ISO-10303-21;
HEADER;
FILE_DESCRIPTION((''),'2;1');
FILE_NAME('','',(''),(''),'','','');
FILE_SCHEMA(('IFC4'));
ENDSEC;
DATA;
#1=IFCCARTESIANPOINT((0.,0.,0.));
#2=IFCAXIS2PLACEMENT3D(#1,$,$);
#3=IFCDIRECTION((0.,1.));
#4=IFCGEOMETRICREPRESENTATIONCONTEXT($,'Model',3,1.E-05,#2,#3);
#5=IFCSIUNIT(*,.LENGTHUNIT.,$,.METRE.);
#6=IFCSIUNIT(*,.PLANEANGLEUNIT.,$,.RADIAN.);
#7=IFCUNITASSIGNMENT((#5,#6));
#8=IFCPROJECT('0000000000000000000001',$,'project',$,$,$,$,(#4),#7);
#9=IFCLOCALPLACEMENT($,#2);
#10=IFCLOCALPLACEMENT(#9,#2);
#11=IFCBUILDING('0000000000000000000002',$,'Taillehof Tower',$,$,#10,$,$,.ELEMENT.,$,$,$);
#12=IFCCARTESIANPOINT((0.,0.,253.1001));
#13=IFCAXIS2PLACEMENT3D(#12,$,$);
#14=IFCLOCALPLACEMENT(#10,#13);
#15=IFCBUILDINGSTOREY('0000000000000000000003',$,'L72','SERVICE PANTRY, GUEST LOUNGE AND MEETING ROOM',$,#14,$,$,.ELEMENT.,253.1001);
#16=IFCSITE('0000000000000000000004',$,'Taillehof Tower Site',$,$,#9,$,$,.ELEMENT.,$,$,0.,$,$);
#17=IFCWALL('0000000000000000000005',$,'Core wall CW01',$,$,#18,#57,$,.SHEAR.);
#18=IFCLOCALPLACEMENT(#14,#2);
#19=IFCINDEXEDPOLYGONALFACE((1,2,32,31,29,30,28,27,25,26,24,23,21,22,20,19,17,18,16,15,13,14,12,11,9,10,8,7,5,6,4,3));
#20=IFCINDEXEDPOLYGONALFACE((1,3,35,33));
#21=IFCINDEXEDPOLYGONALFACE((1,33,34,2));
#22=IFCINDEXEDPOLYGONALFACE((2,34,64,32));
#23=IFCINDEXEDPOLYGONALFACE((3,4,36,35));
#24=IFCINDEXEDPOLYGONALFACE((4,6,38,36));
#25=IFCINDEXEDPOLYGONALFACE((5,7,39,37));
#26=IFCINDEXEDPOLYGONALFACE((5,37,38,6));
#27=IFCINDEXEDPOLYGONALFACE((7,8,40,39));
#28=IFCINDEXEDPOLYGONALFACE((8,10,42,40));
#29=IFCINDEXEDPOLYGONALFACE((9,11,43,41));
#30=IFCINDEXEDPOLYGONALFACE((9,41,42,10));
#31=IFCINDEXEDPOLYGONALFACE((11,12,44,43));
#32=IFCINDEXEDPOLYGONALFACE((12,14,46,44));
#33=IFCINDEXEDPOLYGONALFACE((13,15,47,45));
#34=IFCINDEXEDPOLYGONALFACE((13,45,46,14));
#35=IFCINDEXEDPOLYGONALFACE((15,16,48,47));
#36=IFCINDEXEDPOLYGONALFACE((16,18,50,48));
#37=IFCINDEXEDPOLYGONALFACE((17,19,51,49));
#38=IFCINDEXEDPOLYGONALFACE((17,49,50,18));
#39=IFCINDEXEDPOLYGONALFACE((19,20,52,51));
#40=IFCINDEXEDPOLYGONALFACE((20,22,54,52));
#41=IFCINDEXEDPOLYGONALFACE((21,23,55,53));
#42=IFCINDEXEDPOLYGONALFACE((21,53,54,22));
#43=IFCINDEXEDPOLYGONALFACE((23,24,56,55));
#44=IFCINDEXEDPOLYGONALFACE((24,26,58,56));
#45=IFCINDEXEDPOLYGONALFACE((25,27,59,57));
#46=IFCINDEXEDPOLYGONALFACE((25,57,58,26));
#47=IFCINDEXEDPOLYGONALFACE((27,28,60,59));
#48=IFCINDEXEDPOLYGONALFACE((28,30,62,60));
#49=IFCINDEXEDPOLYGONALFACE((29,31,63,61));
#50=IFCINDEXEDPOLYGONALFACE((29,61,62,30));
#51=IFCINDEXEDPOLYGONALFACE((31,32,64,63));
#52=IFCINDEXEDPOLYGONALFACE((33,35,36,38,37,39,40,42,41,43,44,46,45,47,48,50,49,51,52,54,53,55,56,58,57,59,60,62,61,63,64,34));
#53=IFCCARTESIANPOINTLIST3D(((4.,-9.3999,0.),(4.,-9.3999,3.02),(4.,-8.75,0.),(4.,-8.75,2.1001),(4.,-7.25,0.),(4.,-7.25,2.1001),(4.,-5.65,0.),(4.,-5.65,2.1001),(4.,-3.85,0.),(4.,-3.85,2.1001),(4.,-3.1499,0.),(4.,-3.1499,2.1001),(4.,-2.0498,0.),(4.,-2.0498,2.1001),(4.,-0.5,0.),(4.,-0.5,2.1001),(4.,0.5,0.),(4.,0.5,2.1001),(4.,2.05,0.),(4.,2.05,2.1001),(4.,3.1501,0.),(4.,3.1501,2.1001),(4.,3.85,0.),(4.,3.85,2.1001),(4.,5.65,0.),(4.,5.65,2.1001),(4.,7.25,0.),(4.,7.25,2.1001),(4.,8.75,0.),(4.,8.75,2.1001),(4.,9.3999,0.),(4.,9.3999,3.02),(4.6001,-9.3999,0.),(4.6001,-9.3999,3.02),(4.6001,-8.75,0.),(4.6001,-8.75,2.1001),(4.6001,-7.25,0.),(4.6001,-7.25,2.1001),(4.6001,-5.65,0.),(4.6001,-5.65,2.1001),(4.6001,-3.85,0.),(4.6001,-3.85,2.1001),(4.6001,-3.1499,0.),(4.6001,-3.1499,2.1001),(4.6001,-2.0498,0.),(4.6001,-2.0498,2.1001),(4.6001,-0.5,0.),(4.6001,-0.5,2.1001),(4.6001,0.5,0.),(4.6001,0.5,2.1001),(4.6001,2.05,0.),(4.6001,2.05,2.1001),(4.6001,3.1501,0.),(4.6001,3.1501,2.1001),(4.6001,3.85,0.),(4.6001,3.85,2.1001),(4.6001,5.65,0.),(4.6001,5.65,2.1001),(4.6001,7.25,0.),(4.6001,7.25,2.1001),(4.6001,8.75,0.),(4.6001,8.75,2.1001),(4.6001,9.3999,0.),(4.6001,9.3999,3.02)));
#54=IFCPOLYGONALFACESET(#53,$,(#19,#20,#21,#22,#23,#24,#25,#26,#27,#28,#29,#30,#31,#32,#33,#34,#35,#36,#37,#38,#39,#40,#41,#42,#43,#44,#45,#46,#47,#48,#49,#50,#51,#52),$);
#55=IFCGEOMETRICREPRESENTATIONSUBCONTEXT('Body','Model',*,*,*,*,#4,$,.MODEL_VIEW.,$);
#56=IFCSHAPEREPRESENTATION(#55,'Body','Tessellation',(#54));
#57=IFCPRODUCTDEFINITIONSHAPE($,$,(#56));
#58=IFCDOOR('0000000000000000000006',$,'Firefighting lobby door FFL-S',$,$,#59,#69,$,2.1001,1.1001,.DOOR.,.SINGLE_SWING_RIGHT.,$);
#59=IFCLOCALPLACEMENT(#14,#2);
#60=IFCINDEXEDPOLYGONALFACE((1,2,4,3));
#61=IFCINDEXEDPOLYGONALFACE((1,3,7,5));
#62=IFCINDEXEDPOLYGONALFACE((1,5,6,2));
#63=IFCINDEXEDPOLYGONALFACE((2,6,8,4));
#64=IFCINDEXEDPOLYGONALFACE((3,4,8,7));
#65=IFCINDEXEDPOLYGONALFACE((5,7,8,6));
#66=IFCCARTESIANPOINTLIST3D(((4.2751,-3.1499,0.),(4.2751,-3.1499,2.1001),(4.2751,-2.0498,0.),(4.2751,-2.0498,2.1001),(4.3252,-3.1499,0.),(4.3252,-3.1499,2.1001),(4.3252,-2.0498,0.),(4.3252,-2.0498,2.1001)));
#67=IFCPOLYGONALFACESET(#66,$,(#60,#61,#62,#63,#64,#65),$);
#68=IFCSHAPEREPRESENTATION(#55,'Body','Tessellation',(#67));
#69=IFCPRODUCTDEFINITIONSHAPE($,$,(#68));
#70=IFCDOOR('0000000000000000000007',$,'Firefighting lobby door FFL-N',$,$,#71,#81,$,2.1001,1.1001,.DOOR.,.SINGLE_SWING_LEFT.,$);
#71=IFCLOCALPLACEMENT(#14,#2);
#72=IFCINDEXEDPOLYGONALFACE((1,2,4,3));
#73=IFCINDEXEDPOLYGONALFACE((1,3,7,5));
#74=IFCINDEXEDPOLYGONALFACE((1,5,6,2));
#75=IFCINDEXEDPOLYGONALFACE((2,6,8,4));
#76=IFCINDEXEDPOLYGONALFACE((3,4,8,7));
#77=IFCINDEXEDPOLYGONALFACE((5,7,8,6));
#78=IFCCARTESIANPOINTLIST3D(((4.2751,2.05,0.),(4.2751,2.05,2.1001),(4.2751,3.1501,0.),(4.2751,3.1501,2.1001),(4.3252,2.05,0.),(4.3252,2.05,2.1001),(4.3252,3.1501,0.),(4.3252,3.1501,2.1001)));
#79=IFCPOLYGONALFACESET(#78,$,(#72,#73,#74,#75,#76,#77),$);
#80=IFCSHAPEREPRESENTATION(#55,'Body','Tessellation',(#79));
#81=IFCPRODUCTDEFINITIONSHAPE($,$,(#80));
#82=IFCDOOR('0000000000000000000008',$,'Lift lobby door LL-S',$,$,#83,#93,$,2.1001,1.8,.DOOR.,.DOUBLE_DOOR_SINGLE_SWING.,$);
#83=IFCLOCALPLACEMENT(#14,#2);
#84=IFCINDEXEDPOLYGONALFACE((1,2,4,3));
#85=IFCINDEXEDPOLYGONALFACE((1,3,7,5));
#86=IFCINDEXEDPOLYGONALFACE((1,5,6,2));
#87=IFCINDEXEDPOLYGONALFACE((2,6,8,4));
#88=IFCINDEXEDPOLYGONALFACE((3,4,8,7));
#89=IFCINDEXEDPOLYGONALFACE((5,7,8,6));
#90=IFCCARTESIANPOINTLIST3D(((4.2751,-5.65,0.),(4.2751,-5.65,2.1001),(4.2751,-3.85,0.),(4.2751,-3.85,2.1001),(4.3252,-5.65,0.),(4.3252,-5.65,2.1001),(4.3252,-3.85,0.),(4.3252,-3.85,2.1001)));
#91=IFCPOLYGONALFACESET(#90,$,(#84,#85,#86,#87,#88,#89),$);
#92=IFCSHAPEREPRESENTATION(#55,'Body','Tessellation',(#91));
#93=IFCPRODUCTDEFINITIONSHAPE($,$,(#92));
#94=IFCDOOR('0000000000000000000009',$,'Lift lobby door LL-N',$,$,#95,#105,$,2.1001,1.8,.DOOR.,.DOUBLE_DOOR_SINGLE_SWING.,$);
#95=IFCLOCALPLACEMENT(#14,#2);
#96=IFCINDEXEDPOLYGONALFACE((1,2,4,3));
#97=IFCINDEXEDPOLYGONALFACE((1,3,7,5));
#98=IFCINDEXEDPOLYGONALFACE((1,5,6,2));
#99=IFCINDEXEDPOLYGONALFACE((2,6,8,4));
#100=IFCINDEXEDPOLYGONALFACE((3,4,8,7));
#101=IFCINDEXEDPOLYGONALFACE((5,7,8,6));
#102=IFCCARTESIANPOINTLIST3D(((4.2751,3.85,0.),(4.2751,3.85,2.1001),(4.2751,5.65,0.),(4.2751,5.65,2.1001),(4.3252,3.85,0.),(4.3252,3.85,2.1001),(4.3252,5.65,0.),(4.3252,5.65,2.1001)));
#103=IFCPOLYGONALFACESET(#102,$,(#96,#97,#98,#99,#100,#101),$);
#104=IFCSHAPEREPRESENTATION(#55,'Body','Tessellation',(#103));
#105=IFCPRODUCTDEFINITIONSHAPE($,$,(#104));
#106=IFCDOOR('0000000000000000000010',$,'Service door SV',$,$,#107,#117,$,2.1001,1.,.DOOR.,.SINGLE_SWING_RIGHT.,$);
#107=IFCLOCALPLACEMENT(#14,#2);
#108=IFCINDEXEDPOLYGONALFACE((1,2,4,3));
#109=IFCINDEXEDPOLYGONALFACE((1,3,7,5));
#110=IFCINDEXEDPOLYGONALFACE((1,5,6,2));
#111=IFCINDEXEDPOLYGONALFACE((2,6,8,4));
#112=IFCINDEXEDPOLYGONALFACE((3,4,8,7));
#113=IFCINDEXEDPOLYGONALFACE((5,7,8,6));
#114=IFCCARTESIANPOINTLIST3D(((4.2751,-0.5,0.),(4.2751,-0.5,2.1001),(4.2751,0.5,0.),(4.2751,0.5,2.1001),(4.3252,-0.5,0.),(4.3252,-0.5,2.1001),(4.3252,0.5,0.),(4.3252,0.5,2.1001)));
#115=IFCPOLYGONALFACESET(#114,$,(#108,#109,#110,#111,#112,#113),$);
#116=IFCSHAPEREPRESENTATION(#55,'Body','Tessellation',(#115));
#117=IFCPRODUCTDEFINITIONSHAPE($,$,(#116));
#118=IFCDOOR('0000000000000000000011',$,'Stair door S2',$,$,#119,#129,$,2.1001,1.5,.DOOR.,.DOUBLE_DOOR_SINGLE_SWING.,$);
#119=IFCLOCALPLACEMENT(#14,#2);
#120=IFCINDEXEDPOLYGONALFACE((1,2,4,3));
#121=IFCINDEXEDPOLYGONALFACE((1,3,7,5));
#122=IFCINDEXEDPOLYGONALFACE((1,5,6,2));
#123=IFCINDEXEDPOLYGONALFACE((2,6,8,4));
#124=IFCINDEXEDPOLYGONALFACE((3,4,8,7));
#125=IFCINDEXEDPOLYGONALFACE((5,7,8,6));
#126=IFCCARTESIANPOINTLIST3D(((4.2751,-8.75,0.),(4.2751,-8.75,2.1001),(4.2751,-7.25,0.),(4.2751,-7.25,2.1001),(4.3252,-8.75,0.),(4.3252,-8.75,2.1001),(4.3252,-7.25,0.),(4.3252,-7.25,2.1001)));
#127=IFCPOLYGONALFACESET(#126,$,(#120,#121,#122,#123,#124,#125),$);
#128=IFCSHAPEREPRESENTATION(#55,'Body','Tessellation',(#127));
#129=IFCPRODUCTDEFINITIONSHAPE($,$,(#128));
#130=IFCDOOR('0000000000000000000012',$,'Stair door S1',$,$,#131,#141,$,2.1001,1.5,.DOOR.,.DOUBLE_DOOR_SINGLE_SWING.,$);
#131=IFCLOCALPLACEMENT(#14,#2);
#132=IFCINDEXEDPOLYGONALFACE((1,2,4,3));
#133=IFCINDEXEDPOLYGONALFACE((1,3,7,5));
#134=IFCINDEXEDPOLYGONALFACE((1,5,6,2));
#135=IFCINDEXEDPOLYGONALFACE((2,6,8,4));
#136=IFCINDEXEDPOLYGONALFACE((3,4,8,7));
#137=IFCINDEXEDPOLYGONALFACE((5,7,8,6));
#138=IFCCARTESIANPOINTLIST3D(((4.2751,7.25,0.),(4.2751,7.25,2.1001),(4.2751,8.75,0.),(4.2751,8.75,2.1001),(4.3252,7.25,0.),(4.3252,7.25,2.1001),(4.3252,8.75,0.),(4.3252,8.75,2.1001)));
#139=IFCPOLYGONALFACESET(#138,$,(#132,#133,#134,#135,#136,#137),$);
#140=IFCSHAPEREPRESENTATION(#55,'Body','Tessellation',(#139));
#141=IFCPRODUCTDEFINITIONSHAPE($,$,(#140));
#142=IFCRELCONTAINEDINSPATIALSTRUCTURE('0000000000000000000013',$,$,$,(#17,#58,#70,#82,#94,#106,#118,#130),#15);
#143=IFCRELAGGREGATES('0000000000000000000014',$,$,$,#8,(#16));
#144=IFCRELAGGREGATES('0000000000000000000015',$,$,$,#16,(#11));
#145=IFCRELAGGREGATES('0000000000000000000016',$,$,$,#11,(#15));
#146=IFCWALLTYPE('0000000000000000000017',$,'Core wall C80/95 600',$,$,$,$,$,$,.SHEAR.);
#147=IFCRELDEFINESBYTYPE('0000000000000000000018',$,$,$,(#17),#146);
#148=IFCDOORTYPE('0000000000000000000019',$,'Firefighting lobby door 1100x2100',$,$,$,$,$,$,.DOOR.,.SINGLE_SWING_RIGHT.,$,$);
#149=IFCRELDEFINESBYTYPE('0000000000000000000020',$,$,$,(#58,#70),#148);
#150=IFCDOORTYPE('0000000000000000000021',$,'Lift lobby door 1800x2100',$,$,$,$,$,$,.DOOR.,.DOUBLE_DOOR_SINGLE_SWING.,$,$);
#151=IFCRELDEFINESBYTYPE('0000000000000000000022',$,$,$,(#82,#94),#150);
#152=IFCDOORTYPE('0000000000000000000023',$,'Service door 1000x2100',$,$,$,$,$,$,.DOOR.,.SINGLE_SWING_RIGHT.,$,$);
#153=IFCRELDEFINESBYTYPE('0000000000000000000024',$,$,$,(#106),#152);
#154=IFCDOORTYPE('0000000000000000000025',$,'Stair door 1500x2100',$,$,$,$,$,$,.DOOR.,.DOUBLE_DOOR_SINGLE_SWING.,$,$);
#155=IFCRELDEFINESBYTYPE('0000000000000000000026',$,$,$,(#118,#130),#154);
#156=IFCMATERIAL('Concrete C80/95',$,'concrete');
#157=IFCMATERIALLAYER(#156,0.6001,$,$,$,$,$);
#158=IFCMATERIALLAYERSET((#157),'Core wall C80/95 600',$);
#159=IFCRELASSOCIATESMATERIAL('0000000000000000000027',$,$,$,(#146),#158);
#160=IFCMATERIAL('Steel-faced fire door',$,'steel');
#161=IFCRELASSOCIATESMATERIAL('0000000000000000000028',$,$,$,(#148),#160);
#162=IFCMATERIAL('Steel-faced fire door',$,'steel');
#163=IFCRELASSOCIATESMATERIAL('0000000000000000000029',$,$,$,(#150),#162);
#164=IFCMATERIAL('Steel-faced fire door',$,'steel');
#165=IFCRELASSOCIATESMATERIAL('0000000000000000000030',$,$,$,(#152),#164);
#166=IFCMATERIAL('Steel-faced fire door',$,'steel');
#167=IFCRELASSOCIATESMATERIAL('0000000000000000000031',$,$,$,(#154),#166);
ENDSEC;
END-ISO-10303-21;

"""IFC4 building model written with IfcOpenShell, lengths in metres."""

from ifc_helpers import new_model, si_unit, direction, frame, frame_2d, origin, place, context, subcontext, project, spatial, rectangle, extrude, material, layer, layer_set, type_object, element, fill, save


model = new_model("IFC4")

# Units and contexts
model_context = context("Model", 3, precision=1e-05, world=origin(), true_north=direction((0.0, 1.0)))
body_context = subcontext(model_context, "Body", "Model", "MODEL_VIEW")
ifc_project = project(units=[si_unit("LENGTHUNIT", "METRE"), si_unit("PLANEANGLEUNIT", "RADIAN")], contexts=[model_context])

# Site, building, storey
site_placement = place(None, origin())
site = spatial("IfcSite", under=ifc_project, at=site_placement, Name="Taillehof Tower Site", CompositionType="ELEMENT", RefElevation=0.0)
building_placement = place(site_placement, origin())
building = spatial("IfcBuilding", under=site, at=building_placement, Name="Taillehof Tower", CompositionType="ELEMENT")
storey_placement = place(building_placement, frame((0.0, 0.0, 253.1001)))
storey = spatial("IfcBuildingStorey", under=building, at=storey_placement, Name="L72", Description="SERVICE PANTRY, GUEST LOUNGE AND MEETING ROOM", CompositionType="ELEMENT", Elevation=253.1001)

# Wall, openings, doors
ifc_material_1 = material(Name="Concrete C80/95", Category="concrete")
ifc_layer_1 = layer(ifc_material_1, 0.6001)
ifc_layer_set_1 = layer_set([ifc_layer_1], Name="Core wall C80/95 600")
wall_type_1 = type_object("IfcWallType", Name="Core wall C80/95 600", PredefinedType="SHEAR", material=ifc_layer_set_1)
wall_1_placement = place(storey_placement, frame((4.3, -9.3999, 0.0), z_axis=(0.0, 0.0, 1.0), x_axis=(0.0, 1.0, 0.0)))
wall_1 = element("IfcWall", 1, at=wall_1_placement, inside=storey, type_object=wall_type_1, Name="Core wall CW01", PredefinedType="SHEAR", context=body_context, shape_type="SweptSolid", body=[
    extrude(rectangle(XDim=18.7998, YDim=0.6001, at=frame_2d((9.3999, 0.0))), origin(), (0.0, 0.0, 1.0), 3.02),
])
opening_1_placement = place(wall_1_placement, frame((0.6499, 0.0, 0.0)))
opening_1 = element("IfcOpeningElement", 2, at=opening_1_placement, cuts=wall_1, PredefinedType="OPENING", context=body_context, shape_type="SweptSolid", body=[
    extrude(rectangle(XDim=1.5, YDim=2.1001, at=frame_2d((0.75, 1.05))), frame((0.0, 0.3101, 0.0), z_axis=(0.0, -1.0, 0.0), x_axis=(1.0, 0.0, 0.0)), (0.0, 0.0, 1.0), 0.6201),
])
opening_2_placement = place(wall_1_placement, frame((3.75, 0.0, 0.0)))
opening_2 = element("IfcOpeningElement", 3, at=opening_2_placement, cuts=wall_1, PredefinedType="OPENING", context=body_context, shape_type="SweptSolid", body=[
    extrude(rectangle(XDim=1.8, YDim=2.1001, at=frame_2d((0.8999, 1.05))), frame((0.0, 0.3101, 0.0), z_axis=(0.0, -1.0, 0.0), x_axis=(1.0, 0.0, 0.0)), (0.0, 0.0, 1.0), 0.6201),
])
opening_3_placement = place(wall_1_placement, frame((6.25, 0.0, 0.0)))
opening_3 = element("IfcOpeningElement", 4, at=opening_3_placement, cuts=wall_1, PredefinedType="OPENING", context=body_context, shape_type="SweptSolid", body=[
    extrude(rectangle(XDim=1.1001, YDim=2.1001, at=frame_2d((0.55, 1.05))), frame((0.0, 0.3101, 0.0), z_axis=(0.0, -1.0, 0.0), x_axis=(1.0, 0.0, 0.0)), (0.0, 0.0, 1.0), 0.6201),
])
opening_4_placement = place(wall_1_placement, frame((8.8999, 0.0, 0.0)))
opening_4 = element("IfcOpeningElement", 5, at=opening_4_placement, cuts=wall_1, PredefinedType="OPENING", context=body_context, shape_type="SweptSolid", body=[
    extrude(rectangle(XDim=1.0, YDim=2.1001, at=frame_2d((0.5, 1.05))), frame((0.0, 0.3101, 0.0), z_axis=(0.0, -1.0, 0.0), x_axis=(1.0, 0.0, 0.0)), (0.0, 0.0, 1.0), 0.6201),
])
opening_5_placement = place(wall_1_placement, frame((11.45, 0.0, 0.0)))
opening_5 = element("IfcOpeningElement", 6, at=opening_5_placement, cuts=wall_1, PredefinedType="OPENING", context=body_context, shape_type="SweptSolid", body=[
    extrude(rectangle(XDim=1.1001, YDim=2.1001, at=frame_2d((0.55, 1.05))), frame((0.0, 0.3101, 0.0), z_axis=(0.0, -1.0, 0.0), x_axis=(1.0, 0.0, 0.0)), (0.0, 0.0, 1.0), 0.6201),
])
opening_6_placement = place(wall_1_placement, frame((13.25, 0.0, 0.0)))
opening_6 = element("IfcOpeningElement", 7, at=opening_6_placement, cuts=wall_1, PredefinedType="OPENING", context=body_context, shape_type="SweptSolid", body=[
    extrude(rectangle(XDim=1.8, YDim=2.1001, at=frame_2d((0.8999, 1.05))), frame((0.0, 0.3101, 0.0), z_axis=(0.0, -1.0, 0.0), x_axis=(1.0, 0.0, 0.0)), (0.0, 0.0, 1.0), 0.6201),
])
opening_7_placement = place(wall_1_placement, frame((16.6499, 0.0, 0.0)))
opening_7 = element("IfcOpeningElement", 8, at=opening_7_placement, cuts=wall_1, PredefinedType="OPENING", context=body_context, shape_type="SweptSolid", body=[
    extrude(rectangle(XDim=1.5, YDim=2.1001, at=frame_2d((0.75, 1.05))), frame((0.0, 0.3101, 0.0), z_axis=(0.0, -1.0, 0.0), x_axis=(1.0, 0.0, 0.0)), (0.0, 0.0, 1.0), 0.6201),
])
ifc_material_2 = material(Name="Steel-faced fire door", Category="steel")
door_type_1 = type_object("IfcDoorType", Name="Firefighting lobby door 1100x2100", OperationType="SINGLE_SWING_RIGHT", PredefinedType="DOOR", material=ifc_material_2)
door_1_placement = place(opening_3_placement, origin())
door_1 = element("IfcDoor", 9, at=door_1_placement, inside=storey, type_object=door_type_1, Name="Firefighting lobby door FFL-S", OperationType="SINGLE_SWING_RIGHT", OverallHeight=2.1001, OverallWidth=1.1001, PredefinedType="DOOR", context=body_context, shape_type="SweptSolid", body=[
    extrude(rectangle(XDim=1.1001, YDim=2.1001, at=frame_2d((0.55, 1.05))), frame((0.0, 0.0249, 0.0), z_axis=(0.0, -1.0, 0.0), x_axis=(1.0, 0.0, 0.0)), (0.0, 0.0, 1.0), 0.05),
])
fill(opening_3, door_1)
door_2_placement = place(opening_5_placement, origin())
door_2 = element("IfcDoor", 10, at=door_2_placement, inside=storey, type_object=door_type_1, Name="Firefighting lobby door FFL-N", OperationType="SINGLE_SWING_LEFT", OverallHeight=2.1001, OverallWidth=1.1001, PredefinedType="DOOR", context=body_context, shape_type="SweptSolid", body=[
    extrude(rectangle(XDim=1.1001, YDim=2.1001, at=frame_2d((0.55, 1.05))), frame((0.0, 0.0249, 0.0), z_axis=(0.0, -1.0, 0.0), x_axis=(1.0, 0.0, 0.0)), (0.0, 0.0, 1.0), 0.05),
])
fill(opening_5, door_2)
ifc_material_3 = material(Name="Steel-faced fire door", Category="steel")
door_type_2 = type_object("IfcDoorType", Name="Lift lobby door 1800x2100", OperationType="DOUBLE_DOOR_SINGLE_SWING", PredefinedType="DOOR", material=ifc_material_3)
door_3_placement = place(opening_2_placement, origin())
door_3 = element("IfcDoor", 11, at=door_3_placement, inside=storey, type_object=door_type_2, Name="Lift lobby door LL-S", OperationType="DOUBLE_DOOR_SINGLE_SWING", OverallHeight=2.1001, OverallWidth=1.8, PredefinedType="DOOR", context=body_context, shape_type="SweptSolid", body=[
    extrude(rectangle(XDim=1.8, YDim=2.1001, at=frame_2d((0.8999, 1.05))), frame((0.0, 0.0249, 0.0), z_axis=(0.0, -1.0, 0.0), x_axis=(1.0, 0.0, 0.0)), (0.0, 0.0, 1.0), 0.05),
])
fill(opening_2, door_3)
door_4_placement = place(opening_6_placement, origin())
door_4 = element("IfcDoor", 12, at=door_4_placement, inside=storey, type_object=door_type_2, Name="Lift lobby door LL-N", OperationType="DOUBLE_DOOR_SINGLE_SWING", OverallHeight=2.1001, OverallWidth=1.8, PredefinedType="DOOR", context=body_context, shape_type="SweptSolid", body=[
    extrude(rectangle(XDim=1.8, YDim=2.1001, at=frame_2d((0.8999, 1.05))), frame((0.0, 0.0249, 0.0), z_axis=(0.0, -1.0, 0.0), x_axis=(1.0, 0.0, 0.0)), (0.0, 0.0, 1.0), 0.05),
])
fill(opening_6, door_4)
ifc_material_4 = material(Name="Steel-faced fire door", Category="steel")
door_type_3 = type_object("IfcDoorType", Name="Service door 1000x2100", OperationType="SINGLE_SWING_RIGHT", PredefinedType="DOOR", material=ifc_material_4)
door_5_placement = place(opening_4_placement, origin())
door_5 = element("IfcDoor", 13, at=door_5_placement, inside=storey, type_object=door_type_3, Name="Service door SV", OperationType="SINGLE_SWING_RIGHT", OverallHeight=2.1001, OverallWidth=1.0, PredefinedType="DOOR", context=body_context, shape_type="SweptSolid", body=[
    extrude(rectangle(XDim=1.0, YDim=2.1001, at=frame_2d((0.5, 1.05))), frame((0.0, 0.0249, 0.0), z_axis=(0.0, -1.0, 0.0), x_axis=(1.0, 0.0, 0.0)), (0.0, 0.0, 1.0), 0.05),
])
fill(opening_4, door_5)
ifc_material_5 = material(Name="Steel-faced fire door", Category="steel")
door_type_4 = type_object("IfcDoorType", Name="Stair door 1500x2100", OperationType="DOUBLE_DOOR_SINGLE_SWING", PredefinedType="DOOR", material=ifc_material_5)
door_6_placement = place(opening_1_placement, origin())
door_6 = element("IfcDoor", 14, at=door_6_placement, inside=storey, type_object=door_type_4, Name="Stair door S2", OperationType="DOUBLE_DOOR_SINGLE_SWING", OverallHeight=2.1001, OverallWidth=1.5, PredefinedType="DOOR", context=body_context, shape_type="SweptSolid", body=[
    extrude(rectangle(XDim=1.5, YDim=2.1001, at=frame_2d((0.75, 1.05))), frame((0.0, 0.0249, 0.0), z_axis=(0.0, -1.0, 0.0), x_axis=(1.0, 0.0, 0.0)), (0.0, 0.0, 1.0), 0.05),
])
fill(opening_1, door_6)
door_7_placement = place(opening_7_placement, origin())
door_7 = element("IfcDoor", 15, at=door_7_placement, inside=storey, type_object=door_type_4, Name="Stair door S1", OperationType="DOUBLE_DOOR_SINGLE_SWING", OverallHeight=2.1001, OverallWidth=1.5, PredefinedType="DOOR", context=body_context, shape_type="SweptSolid", body=[
    extrude(rectangle(XDim=1.5, YDim=2.1001, at=frame_2d((0.75, 1.05))), frame((0.0, 0.0249, 0.0), z_axis=(0.0, -1.0, 0.0), x_axis=(1.0, 0.0, 0.0)), (0.0, 0.0, 1.0), 0.05),
])
fill(opening_7, door_7)

save(model, "model.ifc")
